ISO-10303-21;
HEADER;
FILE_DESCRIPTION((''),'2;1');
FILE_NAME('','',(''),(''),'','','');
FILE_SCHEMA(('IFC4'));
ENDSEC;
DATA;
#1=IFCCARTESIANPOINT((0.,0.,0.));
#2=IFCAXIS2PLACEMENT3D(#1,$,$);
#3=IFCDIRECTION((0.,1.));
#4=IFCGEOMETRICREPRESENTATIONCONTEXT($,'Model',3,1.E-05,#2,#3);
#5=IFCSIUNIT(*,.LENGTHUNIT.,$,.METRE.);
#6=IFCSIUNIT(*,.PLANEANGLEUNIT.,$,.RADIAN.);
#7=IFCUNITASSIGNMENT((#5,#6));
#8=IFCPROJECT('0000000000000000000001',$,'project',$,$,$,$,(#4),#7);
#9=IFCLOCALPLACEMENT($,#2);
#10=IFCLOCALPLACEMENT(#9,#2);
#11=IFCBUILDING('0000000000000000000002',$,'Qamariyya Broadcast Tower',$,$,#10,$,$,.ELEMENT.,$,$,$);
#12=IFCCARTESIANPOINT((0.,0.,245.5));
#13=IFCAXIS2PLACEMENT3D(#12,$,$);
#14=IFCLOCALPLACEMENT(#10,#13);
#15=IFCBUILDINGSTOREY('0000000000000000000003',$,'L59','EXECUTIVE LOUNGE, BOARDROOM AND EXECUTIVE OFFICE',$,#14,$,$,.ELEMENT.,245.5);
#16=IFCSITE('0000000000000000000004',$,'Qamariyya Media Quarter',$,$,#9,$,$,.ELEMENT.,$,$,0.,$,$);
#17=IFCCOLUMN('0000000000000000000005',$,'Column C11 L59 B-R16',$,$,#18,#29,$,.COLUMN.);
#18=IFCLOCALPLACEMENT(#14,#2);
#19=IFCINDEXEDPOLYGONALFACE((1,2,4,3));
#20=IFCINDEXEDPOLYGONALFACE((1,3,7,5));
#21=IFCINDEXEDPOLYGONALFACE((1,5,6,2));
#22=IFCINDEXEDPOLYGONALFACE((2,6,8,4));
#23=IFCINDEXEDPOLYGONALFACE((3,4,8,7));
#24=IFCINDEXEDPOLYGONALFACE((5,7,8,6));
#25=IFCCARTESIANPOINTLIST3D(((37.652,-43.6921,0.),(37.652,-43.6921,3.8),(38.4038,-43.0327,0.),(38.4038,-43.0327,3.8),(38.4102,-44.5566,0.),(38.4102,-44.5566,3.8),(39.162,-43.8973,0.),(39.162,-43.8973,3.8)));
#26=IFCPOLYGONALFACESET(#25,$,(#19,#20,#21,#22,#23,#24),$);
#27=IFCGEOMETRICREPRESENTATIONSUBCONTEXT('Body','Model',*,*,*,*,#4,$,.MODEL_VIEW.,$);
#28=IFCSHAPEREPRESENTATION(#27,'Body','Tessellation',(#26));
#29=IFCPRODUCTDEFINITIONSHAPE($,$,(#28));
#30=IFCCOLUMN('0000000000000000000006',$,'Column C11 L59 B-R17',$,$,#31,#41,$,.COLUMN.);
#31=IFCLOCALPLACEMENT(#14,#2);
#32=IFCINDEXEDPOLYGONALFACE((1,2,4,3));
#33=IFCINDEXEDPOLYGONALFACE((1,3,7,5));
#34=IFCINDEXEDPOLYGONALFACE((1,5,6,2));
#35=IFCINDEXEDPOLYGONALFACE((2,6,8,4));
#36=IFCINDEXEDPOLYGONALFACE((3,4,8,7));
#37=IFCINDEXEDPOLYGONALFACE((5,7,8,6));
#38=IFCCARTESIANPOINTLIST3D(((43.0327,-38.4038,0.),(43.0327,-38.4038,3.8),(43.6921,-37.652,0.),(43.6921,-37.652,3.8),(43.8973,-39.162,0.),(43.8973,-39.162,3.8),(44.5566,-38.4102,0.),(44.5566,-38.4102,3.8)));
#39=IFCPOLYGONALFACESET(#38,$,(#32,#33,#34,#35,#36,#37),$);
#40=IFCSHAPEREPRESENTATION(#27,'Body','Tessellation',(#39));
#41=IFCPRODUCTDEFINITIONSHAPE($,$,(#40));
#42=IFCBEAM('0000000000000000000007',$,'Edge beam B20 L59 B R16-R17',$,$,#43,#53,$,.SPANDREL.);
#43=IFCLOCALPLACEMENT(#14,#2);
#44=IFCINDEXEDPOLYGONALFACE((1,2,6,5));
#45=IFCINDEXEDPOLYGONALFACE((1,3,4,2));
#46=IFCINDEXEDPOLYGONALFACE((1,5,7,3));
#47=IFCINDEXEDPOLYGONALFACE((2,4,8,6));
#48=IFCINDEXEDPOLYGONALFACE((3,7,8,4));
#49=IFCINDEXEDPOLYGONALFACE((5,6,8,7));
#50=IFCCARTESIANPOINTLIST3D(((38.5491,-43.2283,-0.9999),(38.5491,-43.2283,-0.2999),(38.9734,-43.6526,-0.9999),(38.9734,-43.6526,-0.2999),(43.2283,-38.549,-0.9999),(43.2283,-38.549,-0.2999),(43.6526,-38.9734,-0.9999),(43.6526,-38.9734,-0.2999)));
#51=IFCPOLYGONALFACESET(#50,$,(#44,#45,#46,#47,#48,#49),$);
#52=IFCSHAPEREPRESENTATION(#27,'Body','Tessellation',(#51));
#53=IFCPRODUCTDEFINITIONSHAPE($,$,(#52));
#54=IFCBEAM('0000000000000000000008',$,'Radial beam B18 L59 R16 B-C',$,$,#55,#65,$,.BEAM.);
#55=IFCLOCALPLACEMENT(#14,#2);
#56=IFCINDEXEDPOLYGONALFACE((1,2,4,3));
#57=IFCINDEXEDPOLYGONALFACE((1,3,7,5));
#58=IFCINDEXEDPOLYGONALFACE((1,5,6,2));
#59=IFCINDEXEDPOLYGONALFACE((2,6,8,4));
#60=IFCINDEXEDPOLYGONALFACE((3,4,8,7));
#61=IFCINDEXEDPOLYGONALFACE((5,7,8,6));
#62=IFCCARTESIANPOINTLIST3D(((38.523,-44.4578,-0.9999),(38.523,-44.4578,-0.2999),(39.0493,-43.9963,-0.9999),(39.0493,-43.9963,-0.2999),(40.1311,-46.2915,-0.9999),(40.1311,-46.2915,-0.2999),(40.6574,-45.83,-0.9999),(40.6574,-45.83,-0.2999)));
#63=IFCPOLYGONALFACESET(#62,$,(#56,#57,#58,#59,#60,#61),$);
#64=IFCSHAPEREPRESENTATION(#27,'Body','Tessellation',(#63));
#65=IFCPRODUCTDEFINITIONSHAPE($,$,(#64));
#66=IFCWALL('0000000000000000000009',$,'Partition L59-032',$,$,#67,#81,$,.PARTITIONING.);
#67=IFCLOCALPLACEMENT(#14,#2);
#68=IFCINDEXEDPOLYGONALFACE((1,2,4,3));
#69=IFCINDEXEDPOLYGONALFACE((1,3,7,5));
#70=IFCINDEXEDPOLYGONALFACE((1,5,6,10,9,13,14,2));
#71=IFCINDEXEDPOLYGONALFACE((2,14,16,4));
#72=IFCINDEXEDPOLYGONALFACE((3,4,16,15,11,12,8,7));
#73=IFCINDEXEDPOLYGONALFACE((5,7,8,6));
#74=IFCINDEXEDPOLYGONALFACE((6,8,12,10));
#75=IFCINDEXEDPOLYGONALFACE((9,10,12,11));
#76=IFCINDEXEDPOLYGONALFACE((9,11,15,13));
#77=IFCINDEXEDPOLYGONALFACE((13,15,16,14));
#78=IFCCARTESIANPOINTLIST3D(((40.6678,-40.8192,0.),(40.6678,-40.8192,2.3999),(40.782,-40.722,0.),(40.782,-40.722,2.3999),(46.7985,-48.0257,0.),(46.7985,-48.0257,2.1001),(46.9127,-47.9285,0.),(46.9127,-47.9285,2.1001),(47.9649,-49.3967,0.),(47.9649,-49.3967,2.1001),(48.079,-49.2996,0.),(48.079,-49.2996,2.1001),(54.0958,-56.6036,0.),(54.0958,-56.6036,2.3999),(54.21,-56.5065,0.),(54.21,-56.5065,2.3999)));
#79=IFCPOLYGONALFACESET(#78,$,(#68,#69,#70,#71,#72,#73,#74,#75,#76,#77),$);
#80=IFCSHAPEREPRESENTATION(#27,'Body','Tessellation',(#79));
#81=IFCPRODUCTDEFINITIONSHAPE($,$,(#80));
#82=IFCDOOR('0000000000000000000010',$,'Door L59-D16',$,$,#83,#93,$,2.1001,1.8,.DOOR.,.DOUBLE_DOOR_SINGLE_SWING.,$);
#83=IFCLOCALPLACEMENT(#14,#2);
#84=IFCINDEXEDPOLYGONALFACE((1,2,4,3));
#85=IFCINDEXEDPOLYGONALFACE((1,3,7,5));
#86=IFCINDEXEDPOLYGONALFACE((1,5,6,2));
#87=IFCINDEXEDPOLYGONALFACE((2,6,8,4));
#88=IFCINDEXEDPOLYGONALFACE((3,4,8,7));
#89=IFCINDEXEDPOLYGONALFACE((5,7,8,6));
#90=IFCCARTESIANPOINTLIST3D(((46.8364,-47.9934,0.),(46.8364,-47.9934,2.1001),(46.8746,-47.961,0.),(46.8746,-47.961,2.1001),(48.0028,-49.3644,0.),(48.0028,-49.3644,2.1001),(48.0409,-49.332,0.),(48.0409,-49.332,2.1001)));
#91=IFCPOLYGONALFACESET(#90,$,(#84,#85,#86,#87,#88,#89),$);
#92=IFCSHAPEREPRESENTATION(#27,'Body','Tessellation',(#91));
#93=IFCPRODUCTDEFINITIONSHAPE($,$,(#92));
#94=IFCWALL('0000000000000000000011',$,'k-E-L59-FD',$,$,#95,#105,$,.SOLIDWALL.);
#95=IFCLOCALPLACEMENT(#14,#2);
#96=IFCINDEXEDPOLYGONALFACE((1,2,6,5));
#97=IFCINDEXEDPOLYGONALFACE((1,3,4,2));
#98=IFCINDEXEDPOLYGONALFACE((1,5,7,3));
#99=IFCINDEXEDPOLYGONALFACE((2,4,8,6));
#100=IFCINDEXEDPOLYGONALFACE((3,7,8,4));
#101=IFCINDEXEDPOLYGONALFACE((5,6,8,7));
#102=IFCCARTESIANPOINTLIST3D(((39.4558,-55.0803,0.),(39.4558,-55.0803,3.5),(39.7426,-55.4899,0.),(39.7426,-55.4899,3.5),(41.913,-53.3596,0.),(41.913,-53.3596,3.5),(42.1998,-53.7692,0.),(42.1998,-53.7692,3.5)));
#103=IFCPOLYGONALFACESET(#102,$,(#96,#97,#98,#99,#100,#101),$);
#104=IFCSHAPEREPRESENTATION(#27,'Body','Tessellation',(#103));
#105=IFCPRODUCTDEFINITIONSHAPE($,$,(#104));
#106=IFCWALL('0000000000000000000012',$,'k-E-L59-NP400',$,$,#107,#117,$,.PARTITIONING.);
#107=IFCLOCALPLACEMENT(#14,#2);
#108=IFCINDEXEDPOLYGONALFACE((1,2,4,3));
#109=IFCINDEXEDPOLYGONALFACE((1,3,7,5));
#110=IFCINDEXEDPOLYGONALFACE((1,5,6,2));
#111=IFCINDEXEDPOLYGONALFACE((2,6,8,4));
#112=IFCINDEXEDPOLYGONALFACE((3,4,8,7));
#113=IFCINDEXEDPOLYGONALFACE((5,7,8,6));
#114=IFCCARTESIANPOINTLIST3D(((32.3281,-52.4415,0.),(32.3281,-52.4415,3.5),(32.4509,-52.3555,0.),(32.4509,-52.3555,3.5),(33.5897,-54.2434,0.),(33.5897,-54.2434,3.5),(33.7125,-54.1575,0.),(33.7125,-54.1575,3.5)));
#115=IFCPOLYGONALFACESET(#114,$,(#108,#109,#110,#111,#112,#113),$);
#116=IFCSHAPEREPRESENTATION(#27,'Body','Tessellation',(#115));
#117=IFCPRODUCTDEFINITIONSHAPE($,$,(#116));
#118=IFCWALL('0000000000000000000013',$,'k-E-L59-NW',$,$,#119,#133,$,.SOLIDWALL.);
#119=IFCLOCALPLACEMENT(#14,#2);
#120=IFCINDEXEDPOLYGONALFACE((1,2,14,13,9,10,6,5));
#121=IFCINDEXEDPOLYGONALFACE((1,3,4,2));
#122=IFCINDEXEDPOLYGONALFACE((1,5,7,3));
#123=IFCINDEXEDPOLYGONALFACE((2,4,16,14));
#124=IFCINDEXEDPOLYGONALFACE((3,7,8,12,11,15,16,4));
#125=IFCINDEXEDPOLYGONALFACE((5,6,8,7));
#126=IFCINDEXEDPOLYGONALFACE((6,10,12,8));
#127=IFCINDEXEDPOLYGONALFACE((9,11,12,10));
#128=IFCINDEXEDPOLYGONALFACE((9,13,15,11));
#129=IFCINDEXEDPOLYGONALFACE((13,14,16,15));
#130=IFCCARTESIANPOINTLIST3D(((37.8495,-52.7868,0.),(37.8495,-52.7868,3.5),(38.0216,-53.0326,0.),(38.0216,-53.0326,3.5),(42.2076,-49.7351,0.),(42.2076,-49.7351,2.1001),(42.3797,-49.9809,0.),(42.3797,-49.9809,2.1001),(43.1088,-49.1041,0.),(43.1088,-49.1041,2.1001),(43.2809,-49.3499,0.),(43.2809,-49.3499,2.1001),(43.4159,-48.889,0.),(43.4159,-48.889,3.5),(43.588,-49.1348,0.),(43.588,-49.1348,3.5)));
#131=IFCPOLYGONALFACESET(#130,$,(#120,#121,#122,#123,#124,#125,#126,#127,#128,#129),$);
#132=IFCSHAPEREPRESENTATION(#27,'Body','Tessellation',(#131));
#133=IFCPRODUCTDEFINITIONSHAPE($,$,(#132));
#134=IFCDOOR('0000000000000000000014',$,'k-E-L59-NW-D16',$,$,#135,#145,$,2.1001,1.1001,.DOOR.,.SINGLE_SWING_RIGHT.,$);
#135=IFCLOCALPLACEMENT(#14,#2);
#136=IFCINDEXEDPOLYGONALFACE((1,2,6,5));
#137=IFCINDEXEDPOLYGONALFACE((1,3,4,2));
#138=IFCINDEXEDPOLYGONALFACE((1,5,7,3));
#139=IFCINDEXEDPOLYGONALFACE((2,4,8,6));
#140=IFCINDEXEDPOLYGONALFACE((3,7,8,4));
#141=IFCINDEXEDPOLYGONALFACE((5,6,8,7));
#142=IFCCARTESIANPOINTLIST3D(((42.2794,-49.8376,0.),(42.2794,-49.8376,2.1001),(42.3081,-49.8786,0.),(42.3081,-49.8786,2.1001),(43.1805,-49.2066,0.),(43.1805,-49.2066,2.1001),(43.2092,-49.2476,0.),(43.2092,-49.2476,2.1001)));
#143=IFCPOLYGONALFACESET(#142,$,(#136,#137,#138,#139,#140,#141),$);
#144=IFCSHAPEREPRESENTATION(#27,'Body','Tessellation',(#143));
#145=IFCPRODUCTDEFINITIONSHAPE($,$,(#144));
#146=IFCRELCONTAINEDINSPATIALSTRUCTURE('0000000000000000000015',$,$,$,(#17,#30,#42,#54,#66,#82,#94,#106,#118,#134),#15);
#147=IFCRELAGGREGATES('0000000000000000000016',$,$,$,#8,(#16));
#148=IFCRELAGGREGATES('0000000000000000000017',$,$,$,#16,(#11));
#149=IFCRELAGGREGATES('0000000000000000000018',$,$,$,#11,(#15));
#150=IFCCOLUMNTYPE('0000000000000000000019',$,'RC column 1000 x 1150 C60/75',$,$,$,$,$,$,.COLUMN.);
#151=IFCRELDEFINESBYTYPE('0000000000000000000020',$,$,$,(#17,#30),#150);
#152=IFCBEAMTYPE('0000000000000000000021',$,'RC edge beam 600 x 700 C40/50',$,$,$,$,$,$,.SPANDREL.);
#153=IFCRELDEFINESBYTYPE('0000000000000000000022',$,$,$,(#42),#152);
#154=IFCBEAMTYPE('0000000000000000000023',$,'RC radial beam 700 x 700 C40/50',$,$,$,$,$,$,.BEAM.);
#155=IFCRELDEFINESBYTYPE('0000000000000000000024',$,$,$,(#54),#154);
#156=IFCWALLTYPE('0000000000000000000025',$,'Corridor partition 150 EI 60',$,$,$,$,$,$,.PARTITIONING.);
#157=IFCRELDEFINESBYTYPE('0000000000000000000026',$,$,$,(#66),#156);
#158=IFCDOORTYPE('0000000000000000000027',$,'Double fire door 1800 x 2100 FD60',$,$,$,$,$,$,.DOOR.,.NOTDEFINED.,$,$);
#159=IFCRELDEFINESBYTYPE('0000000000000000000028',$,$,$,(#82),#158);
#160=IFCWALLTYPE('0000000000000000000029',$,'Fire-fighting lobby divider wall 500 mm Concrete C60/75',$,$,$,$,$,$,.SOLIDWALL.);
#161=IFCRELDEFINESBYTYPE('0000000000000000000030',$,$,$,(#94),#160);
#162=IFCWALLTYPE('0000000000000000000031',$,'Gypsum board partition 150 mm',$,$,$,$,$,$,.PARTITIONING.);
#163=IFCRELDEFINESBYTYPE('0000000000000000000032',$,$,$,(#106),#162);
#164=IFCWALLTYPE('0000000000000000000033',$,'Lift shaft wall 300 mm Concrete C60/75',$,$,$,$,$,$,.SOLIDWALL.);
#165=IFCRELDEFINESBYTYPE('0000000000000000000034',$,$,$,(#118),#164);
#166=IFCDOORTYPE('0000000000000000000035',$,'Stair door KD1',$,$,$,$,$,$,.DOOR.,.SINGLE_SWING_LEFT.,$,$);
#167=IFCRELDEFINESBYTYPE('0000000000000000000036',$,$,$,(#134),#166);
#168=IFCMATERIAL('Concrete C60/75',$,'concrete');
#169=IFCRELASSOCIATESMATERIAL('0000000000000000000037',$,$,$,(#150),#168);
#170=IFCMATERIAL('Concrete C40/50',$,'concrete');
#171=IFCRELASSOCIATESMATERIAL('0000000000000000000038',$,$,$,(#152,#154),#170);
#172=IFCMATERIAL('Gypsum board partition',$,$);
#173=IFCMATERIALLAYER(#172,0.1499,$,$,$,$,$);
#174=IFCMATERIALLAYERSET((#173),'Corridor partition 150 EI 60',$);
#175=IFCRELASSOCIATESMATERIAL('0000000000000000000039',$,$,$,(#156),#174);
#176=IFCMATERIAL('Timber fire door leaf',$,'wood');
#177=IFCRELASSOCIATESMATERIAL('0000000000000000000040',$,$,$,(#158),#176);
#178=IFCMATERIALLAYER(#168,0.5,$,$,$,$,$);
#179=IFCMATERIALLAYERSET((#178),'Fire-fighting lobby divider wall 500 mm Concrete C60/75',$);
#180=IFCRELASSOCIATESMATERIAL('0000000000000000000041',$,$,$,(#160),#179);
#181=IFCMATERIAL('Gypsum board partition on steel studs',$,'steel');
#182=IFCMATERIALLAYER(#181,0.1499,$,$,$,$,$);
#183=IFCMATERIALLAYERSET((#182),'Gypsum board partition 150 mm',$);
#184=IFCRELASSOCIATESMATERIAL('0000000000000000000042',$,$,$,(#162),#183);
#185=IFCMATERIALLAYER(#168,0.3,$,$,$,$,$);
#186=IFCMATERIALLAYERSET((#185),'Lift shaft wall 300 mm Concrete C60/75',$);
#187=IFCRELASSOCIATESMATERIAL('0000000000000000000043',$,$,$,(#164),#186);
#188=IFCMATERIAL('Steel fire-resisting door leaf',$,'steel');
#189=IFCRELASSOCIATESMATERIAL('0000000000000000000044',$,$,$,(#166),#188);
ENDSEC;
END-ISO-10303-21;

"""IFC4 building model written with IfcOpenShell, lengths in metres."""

from ifc_helpers import new_model, si_unit, direction, frame, frame_2d, origin, origin_2d, place, context, subcontext, project, spatial, rectangle, extrude, material, layer, layer_set, material_profile, profile_set, type_object, element, fill, save


model = new_model("IFC4")

# Units and contexts
model_context = context("Model", 3, precision=1e-05, world=origin(), true_north=direction((0.0, 1.0)))
body_context = subcontext(model_context, "Body", "Model", "MODEL_VIEW")
ifc_project = project(units=[si_unit("LENGTHUNIT", "METRE"), si_unit("PLANEANGLEUNIT", "RADIAN")], contexts=[model_context])

# Site, building, storey
site_placement = place(None, origin())
site = spatial("IfcSite", under=ifc_project, at=site_placement, Name="Qamariyya Media Quarter", CompositionType="ELEMENT", RefElevation=0.0)
building_placement = place(site_placement, origin())
building = spatial("IfcBuilding", under=site, at=building_placement, Name="Qamariyya Broadcast Tower", CompositionType="ELEMENT")
storey_placement = place(building_placement, frame((0.0, 0.0, 245.5)))
storey = spatial("IfcBuildingStorey", under=building, at=storey_placement, Name="L59", Description="EXECUTIVE LOUNGE, BOARDROOM AND EXECUTIVE OFFICE", CompositionType="ELEMENT", Elevation=245.5)

# Columns
ifc_material_1 = material(Name="Concrete C60/75", Category="concrete")
ifc_material_profile_1 = material_profile(ifc_material_1, rectangle(XDim=1.0, YDim=1.1499, at=origin_2d()))
ifc_profile_set_1 = profile_set([ifc_material_profile_1], Name="Concrete C60/75")
column_type = type_object("IfcColumnType", Name="RC column 1000 x 1150 C60/75", PredefinedType="COLUMN", material=ifc_profile_set_1)
for number, where, z_axis, x_axis, name in (
    (1, (38.407, -43.7947, 0.0), (0.0, 0.0, 1.0), (0.75184, 0.659346, 0.0), "Column C11 L59 B-R16"),
    (2, (43.7947, -38.407, 0.0), (0.0, 0.0, 1.0), (0.659346, 0.75184, 0.0), "Column C11 L59 B-R17"),
):
    element("IfcColumn", number, at=place(storey_placement, frame(where, z_axis=z_axis, x_axis=x_axis)), inside=storey, type_object=column_type, Name=name, PredefinedType="COLUMN", context=body_context, shape_type="SweptSolid", body=[
        extrude(rectangle(XDim=1.0, YDim=1.1499, at=origin_2d()), origin(), (0.0, 0.0, 1.0), 3.8),
    ])

# Beams
ifc_material_2 = material(Name="Concrete C40/50", Category="concrete")
ifc_material_profile_2 = material_profile(ifc_material_2, rectangle(XDim=0.6001, YDim=0.7, at=origin_2d()))
ifc_profile_set_2 = profile_set([ifc_material_profile_2], Name="Concrete C40/50")
beam_type_1 = type_object("IfcBeamType", Name="RC edge beam 600 x 700 C40/50", PredefinedType="SPANDREL", material=ifc_profile_set_2)
beam_1_placement = place(storey_placement, frame((38.7612, -43.4404, -0.6499), z_axis=(0.707107, 0.707107, 0.0), x_axis=(-0.707107, 0.707107, 0.0)))
element("IfcBeam", 3, at=beam_1_placement, inside=storey, type_object=beam_type_1, Name="Edge beam B20 L59 B R16-R17", PredefinedType="SPANDREL", context=body_context, shape_type="SweptSolid", body=[
    extrude(rectangle(XDim=0.6001, YDim=0.7, at=origin_2d()), origin(), (0.0, 0.0, 1.0), 6.6174),
])
ifc_material_profile_3 = material_profile(ifc_material_2, rectangle(XDim=0.7, YDim=0.7, at=origin_2d()))
ifc_profile_set_3 = profile_set([ifc_material_profile_3], Name="Concrete C40/50")
beam_type_2 = type_object("IfcBeamType", Name="RC radial beam 700 x 700 C40/50", PredefinedType="BEAM", material=ifc_profile_set_3)
beam_2_placement = place(storey_placement, frame((38.7861, -44.2271, -0.6499), z_axis=(0.659348, -0.751838, 0.0), x_axis=(0.751838, 0.659348, 0.0)))
element("IfcBeam", 4, at=beam_2_placement, inside=storey, type_object=beam_type_2, Name="Radial beam B18 L59 R16 B-C", PredefinedType="BEAM", context=body_context, shape_type="SweptSolid", body=[
    extrude(rectangle(XDim=0.7, YDim=0.7, at=origin_2d()), origin(), (0.0, 0.0, 1.0), 2.439),
])

# Wall, opening, door
ifc_material_3 = material(Name="Gypsum board partition")
ifc_layer_1 = layer(ifc_material_3, 0.1499)
ifc_layer_set_1 = layer_set([ifc_layer_1], Name="Corridor partition 150 EI 60")
wall_type_1 = type_object("IfcWallType", Name="Corridor partition 150 EI 60", PredefinedType="PARTITIONING", material=ifc_layer_set_1)
wall_1_placement = place(storey_placement, frame((40.7249, -40.7705, 0.0), z_axis=(0.0, 0.0, 1.0), x_axis=(0.647963, -0.761672, 0.0)))
wall_1 = element("IfcWall", 5, at=wall_1_placement, inside=storey, type_object=wall_type_1, Name="Partition L59-032", PredefinedType="PARTITIONING", context=body_context, shape_type="SweptSolid", body=[
    extrude(rectangle(XDim=20.7234, YDim=0.1499, at=frame_2d((10.3618, 0.0))), origin(), (0.0, 0.0, 1.0), 2.3999),
])
opening_1_placement = place(wall_1_placement, frame((9.4617, 0.0, 0.0)))
opening_1 = element("IfcOpeningElement", 6, at=opening_1_placement, cuts=wall_1, PredefinedType="OPENING", context=body_context, shape_type="SweptSolid", body=[
    extrude(rectangle(XDim=1.8, YDim=2.1001, at=frame_2d((0.8999, 1.05))), frame((0.0, 0.085, 0.0), z_axis=(0.0, -1.0, 0.0), x_axis=(1.0, 0.0, 0.0)), (0.0, 0.0, 1.0), 0.1699),
])
ifc_material_4 = material(Name="Timber fire door leaf", Category="wood")
door_type_1 = type_object("IfcDoorType", Name="Double fire door 1800 x 2100 FD60", OperationType="NOTDEFINED", PredefinedType="DOOR", material=ifc_material_4)
door_1_placement = place(opening_1_placement, origin())
door_1 = element("IfcDoor", 7, at=door_1_placement, inside=storey, type_object=door_type_1, Name="Door L59-D16", OperationType="DOUBLE_DOOR_SINGLE_SWING", OverallHeight=2.1001, OverallWidth=1.8, PredefinedType="DOOR", context=body_context, shape_type="SweptSolid", body=[
    extrude(rectangle(XDim=1.8, YDim=2.1001, at=frame_2d((0.8999, 1.05))), frame((0.0, 0.0249, 0.0), z_axis=(0.0, -1.0, 0.0), x_axis=(1.0, 0.0, 0.0)), (0.0, 0.0, 1.0), 0.05),
])
fill(opening_1, door_1)

# Walls
ifc_layer_2 = layer(ifc_material_1, 0.5)
ifc_layer_set_2 = layer_set([ifc_layer_2], Name="Fire-fighting lobby divider wall 500 mm Concrete C60/75")
wall_type_2 = type_object("IfcWallType", Name="Fire-fighting lobby divider wall 500 mm Concrete C60/75", PredefinedType="SOLIDWALL", material=ifc_layer_set_2)
wall_2_placement = place(storey_placement, frame((39.5991, -55.2852, 0.0), z_axis=(0.0, 0.0, 1.0), x_axis=(0.819136, 0.573599, 0.0)))
element("IfcWall", 8, at=wall_2_placement, inside=storey, type_object=wall_type_2, Name="k-E-L59-FD", PredefinedType="SOLIDWALL", context=body_context, shape_type="SweptSolid", body=[
    extrude(rectangle(XDim=2.9998, YDim=0.5, at=frame_2d((1.5, 0.0))), origin(), (0.0, 0.0, 1.0), 3.5),
])
ifc_material_5 = material(Name="Gypsum board partition on steel studs", Category="steel")
ifc_layer_3 = layer(ifc_material_5, 0.1499)
ifc_layer_set_3 = layer_set([ifc_layer_3], Name="Gypsum board partition 150 mm")
wall_type_3 = type_object("IfcWallType", Name="Gypsum board partition 150 mm", PredefinedType="PARTITIONING", material=ifc_layer_set_3)
wall_3_placement = place(storey_placement, frame((33.6511, -54.2004, 0.0), z_axis=(0.0, 0.0, 1.0), x_axis=(-0.573559, 0.819164, 0.0)))
element("IfcWall", 9, at=wall_3_placement, inside=storey, type_object=wall_type_3, Name="k-E-L59-NP400", PredefinedType="PARTITIONING", context=body_context, shape_type="SweptSolid", body=[
    extrude(rectangle(XDim=2.1997, YDim=0.1499, at=frame_2d((1.0999, 0.0))), origin(), (0.0, 0.0, 1.0), 3.5),
])

# Wall, opening, door
ifc_layer_4 = layer(ifc_material_1, 0.3)
ifc_layer_set_4 = layer_set([ifc_layer_4], Name="Lift shaft wall 300 mm Concrete C60/75")
wall_type_4 = type_object("IfcWallType", Name="Lift shaft wall 300 mm Concrete C60/75", PredefinedType="SOLIDWALL", material=ifc_layer_set_4)
wall_4_placement = place(storey_placement, frame((37.9355, -52.9097, 0.0), z_axis=(0.0, 0.0, 1.0), x_axis=(0.819148, 0.573583, 0.0)))
wall_4 = element("IfcWall", 10, at=wall_4_placement, inside=storey, type_object=wall_type_4, Name="k-E-L59-NW", PredefinedType="SOLIDWALL", context=body_context, shape_type="SweptSolid", body=[
    extrude(rectangle(XDim=6.7954, YDim=0.3, at=frame_2d((3.3977, 0.0))), origin(), (0.0, 0.0, 1.0), 3.5),
])
opening_2_placement = place(wall_4_placement, frame((5.3203, 0.0, 0.0)))
opening_2 = element("IfcOpeningElement", 11, at=opening_2_placement, cuts=wall_4, PredefinedType="OPENING", context=body_context, shape_type="SweptSolid", body=[
    extrude(rectangle(XDim=1.1001, YDim=2.1001, at=frame_2d((0.55, 1.05))), frame((0.0, 0.1599, 0.0), z_axis=(0.0, -1.0, 0.0), x_axis=(1.0, 0.0, 0.0)), (0.0, 0.0, 1.0), 0.3201),
])
ifc_material_6 = material(Name="Steel fire-resisting door leaf", Category="steel")
door_type_2 = type_object("IfcDoorType", Name="Stair door KD1", OperationType="SINGLE_SWING_LEFT", PredefinedType="DOOR", material=ifc_material_6)
door_2_placement = place(opening_2_placement, origin())
door_2 = element("IfcDoor", 12, at=door_2_placement, inside=storey, type_object=door_type_2, Name="k-E-L59-NW-D16", OperationType="SINGLE_SWING_RIGHT", OverallHeight=2.1001, OverallWidth=1.1001, PredefinedType="DOOR", context=body_context, shape_type="SweptSolid", body=[
    extrude(rectangle(XDim=1.1001, YDim=2.1001, at=frame_2d((0.55, 1.05))), frame((0.0, 0.0249, 0.0), z_axis=(0.0, -1.0, 0.0), x_axis=(1.0, 0.0, 0.0)), (0.0, 0.0, 1.0), 0.05),
])
fill(opening_2, door_2)

save(model, "model.ifc")
